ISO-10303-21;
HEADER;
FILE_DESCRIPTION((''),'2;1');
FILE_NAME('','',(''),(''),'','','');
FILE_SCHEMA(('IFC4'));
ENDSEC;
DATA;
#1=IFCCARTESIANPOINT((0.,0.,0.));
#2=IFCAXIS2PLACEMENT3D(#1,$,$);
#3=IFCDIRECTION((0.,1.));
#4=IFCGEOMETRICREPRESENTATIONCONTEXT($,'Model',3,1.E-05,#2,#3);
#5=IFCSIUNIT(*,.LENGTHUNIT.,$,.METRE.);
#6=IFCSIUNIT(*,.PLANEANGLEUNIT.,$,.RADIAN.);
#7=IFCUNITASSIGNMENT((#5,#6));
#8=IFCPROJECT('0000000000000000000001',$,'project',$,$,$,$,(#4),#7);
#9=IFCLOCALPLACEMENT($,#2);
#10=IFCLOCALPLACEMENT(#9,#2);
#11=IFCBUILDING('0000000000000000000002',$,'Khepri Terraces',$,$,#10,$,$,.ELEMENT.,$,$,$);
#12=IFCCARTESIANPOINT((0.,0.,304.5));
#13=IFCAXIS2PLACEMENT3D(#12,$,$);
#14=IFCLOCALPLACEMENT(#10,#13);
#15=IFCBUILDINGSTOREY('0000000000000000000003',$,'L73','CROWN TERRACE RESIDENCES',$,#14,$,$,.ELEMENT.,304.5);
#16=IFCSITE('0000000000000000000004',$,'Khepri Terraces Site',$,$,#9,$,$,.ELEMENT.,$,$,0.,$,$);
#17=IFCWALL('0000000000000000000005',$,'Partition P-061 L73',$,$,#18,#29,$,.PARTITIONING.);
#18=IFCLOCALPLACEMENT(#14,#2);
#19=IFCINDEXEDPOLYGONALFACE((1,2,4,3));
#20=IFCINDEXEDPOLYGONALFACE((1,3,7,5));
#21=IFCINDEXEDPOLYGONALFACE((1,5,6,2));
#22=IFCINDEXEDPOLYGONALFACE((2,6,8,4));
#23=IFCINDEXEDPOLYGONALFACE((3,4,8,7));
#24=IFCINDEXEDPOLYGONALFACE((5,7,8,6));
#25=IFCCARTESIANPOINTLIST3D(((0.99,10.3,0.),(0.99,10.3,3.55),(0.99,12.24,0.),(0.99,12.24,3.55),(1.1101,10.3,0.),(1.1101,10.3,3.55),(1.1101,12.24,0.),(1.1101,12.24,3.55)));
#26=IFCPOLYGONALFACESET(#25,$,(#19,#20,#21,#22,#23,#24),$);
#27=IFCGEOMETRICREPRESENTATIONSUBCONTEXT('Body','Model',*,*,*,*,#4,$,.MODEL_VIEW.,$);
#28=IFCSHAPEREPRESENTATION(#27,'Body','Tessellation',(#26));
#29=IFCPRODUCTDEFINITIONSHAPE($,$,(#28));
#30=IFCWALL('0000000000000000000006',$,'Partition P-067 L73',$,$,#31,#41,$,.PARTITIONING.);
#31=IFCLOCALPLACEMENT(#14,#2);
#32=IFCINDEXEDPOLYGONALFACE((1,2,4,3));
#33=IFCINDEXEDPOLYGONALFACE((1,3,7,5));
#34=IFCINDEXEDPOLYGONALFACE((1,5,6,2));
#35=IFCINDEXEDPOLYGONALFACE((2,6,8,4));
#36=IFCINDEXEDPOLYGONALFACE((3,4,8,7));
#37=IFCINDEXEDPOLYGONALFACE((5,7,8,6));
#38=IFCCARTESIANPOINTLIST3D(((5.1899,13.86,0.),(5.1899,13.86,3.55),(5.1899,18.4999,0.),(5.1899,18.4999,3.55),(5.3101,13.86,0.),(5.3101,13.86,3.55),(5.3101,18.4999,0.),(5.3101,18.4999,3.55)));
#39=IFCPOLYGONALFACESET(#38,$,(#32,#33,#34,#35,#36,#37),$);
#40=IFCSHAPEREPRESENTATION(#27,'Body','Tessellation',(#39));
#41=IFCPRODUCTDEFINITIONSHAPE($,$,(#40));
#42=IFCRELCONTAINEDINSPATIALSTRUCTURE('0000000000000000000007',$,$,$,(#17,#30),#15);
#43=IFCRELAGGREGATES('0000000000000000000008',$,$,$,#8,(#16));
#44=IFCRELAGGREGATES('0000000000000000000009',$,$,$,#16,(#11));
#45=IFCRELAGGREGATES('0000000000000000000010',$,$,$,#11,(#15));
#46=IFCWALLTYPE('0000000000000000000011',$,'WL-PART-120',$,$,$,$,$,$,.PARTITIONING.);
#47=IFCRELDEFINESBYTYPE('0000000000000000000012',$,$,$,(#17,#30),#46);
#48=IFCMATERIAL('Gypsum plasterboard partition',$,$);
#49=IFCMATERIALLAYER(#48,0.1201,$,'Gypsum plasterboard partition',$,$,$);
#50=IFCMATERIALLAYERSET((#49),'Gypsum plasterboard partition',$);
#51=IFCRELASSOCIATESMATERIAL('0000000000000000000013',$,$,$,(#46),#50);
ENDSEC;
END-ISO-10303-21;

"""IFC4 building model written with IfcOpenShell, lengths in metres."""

from ifc_helpers import new_model, si_unit, direction, frame, frame_2d, origin, place, context, subcontext, project, spatial, rectangle, extrude, material, layer, layer_set, type_object, element, save


model = new_model("IFC4")

# Units and contexts
model_context = context("Model", 3, precision=1e-05, world=origin(), true_north=direction((0.0, 1.0)))
body_context = subcontext(model_context, "Body", "Model", "MODEL_VIEW")
ifc_project = project(units=[si_unit("LENGTHUNIT", "METRE"), si_unit("PLANEANGLEUNIT", "RADIAN")], contexts=[model_context])

# Site, building, storey
site_placement = place(None, origin())
site = spatial("IfcSite", under=ifc_project, at=site_placement, Name="Khepri Terraces Site", CompositionType="ELEMENT", RefElevation=0.0)
building_placement = place(site_placement, origin())
building = spatial("IfcBuilding", under=site, at=building_placement, Name="Khepri Terraces", CompositionType="ELEMENT")
storey_placement = place(building_placement, frame((0.0, 0.0, 304.5)))
storey = spatial("IfcBuildingStorey", under=building, at=storey_placement, Name="L73", Description="CROWN TERRACE RESIDENCES", CompositionType="ELEMENT", Elevation=304.5)

# Shared definitions
ifc_material_1 = material(Name="Gypsum plasterboard partition")
ifc_layer_1 = layer(ifc_material_1, 0.1201, Name="Gypsum plasterboard partition")
ifc_layer_set_1 = layer_set([ifc_layer_1], Name="Gypsum plasterboard partition")
wall_type_1 = type_object("IfcWallType", Name="WL-PART-120", PredefinedType="PARTITIONING", material=ifc_layer_set_1)

# Walls
wall_1_placement = place(storey_placement, frame((1.05, 10.3, 0.0), z_axis=(0.0, 0.0, 1.0), x_axis=(0.0, 1.0, 0.0)))
element("IfcWall", 1, at=wall_1_placement, inside=storey, type_object=wall_type_1, Name="Partition P-061 L73", PredefinedType="PARTITIONING", context=body_context, shape_type="SweptSolid", body=[
    extrude(rectangle(XDim=1.9399, YDim=0.1201, at=frame_2d((0.97, 0.0))), origin(), (0.0, 0.0, 1.0), 3.55),
])
wall_2_placement = place(storey_placement, frame((5.25, 13.8601, 0.0), z_axis=(0.0, 0.0, 1.0), x_axis=(0.0, 1.0, 0.0)))
element("IfcWall", 2, at=wall_2_placement, inside=storey, type_object=wall_type_1, Name="Partition P-067 L73", PredefinedType="PARTITIONING", context=body_context, shape_type="SweptSolid", body=[
    extrude(rectangle(XDim=4.6399, YDim=0.1201, at=frame_2d((2.3198, 0.0))), origin(), (0.0, 0.0, 1.0), 3.55),
])

save(model, "model.ifc")
